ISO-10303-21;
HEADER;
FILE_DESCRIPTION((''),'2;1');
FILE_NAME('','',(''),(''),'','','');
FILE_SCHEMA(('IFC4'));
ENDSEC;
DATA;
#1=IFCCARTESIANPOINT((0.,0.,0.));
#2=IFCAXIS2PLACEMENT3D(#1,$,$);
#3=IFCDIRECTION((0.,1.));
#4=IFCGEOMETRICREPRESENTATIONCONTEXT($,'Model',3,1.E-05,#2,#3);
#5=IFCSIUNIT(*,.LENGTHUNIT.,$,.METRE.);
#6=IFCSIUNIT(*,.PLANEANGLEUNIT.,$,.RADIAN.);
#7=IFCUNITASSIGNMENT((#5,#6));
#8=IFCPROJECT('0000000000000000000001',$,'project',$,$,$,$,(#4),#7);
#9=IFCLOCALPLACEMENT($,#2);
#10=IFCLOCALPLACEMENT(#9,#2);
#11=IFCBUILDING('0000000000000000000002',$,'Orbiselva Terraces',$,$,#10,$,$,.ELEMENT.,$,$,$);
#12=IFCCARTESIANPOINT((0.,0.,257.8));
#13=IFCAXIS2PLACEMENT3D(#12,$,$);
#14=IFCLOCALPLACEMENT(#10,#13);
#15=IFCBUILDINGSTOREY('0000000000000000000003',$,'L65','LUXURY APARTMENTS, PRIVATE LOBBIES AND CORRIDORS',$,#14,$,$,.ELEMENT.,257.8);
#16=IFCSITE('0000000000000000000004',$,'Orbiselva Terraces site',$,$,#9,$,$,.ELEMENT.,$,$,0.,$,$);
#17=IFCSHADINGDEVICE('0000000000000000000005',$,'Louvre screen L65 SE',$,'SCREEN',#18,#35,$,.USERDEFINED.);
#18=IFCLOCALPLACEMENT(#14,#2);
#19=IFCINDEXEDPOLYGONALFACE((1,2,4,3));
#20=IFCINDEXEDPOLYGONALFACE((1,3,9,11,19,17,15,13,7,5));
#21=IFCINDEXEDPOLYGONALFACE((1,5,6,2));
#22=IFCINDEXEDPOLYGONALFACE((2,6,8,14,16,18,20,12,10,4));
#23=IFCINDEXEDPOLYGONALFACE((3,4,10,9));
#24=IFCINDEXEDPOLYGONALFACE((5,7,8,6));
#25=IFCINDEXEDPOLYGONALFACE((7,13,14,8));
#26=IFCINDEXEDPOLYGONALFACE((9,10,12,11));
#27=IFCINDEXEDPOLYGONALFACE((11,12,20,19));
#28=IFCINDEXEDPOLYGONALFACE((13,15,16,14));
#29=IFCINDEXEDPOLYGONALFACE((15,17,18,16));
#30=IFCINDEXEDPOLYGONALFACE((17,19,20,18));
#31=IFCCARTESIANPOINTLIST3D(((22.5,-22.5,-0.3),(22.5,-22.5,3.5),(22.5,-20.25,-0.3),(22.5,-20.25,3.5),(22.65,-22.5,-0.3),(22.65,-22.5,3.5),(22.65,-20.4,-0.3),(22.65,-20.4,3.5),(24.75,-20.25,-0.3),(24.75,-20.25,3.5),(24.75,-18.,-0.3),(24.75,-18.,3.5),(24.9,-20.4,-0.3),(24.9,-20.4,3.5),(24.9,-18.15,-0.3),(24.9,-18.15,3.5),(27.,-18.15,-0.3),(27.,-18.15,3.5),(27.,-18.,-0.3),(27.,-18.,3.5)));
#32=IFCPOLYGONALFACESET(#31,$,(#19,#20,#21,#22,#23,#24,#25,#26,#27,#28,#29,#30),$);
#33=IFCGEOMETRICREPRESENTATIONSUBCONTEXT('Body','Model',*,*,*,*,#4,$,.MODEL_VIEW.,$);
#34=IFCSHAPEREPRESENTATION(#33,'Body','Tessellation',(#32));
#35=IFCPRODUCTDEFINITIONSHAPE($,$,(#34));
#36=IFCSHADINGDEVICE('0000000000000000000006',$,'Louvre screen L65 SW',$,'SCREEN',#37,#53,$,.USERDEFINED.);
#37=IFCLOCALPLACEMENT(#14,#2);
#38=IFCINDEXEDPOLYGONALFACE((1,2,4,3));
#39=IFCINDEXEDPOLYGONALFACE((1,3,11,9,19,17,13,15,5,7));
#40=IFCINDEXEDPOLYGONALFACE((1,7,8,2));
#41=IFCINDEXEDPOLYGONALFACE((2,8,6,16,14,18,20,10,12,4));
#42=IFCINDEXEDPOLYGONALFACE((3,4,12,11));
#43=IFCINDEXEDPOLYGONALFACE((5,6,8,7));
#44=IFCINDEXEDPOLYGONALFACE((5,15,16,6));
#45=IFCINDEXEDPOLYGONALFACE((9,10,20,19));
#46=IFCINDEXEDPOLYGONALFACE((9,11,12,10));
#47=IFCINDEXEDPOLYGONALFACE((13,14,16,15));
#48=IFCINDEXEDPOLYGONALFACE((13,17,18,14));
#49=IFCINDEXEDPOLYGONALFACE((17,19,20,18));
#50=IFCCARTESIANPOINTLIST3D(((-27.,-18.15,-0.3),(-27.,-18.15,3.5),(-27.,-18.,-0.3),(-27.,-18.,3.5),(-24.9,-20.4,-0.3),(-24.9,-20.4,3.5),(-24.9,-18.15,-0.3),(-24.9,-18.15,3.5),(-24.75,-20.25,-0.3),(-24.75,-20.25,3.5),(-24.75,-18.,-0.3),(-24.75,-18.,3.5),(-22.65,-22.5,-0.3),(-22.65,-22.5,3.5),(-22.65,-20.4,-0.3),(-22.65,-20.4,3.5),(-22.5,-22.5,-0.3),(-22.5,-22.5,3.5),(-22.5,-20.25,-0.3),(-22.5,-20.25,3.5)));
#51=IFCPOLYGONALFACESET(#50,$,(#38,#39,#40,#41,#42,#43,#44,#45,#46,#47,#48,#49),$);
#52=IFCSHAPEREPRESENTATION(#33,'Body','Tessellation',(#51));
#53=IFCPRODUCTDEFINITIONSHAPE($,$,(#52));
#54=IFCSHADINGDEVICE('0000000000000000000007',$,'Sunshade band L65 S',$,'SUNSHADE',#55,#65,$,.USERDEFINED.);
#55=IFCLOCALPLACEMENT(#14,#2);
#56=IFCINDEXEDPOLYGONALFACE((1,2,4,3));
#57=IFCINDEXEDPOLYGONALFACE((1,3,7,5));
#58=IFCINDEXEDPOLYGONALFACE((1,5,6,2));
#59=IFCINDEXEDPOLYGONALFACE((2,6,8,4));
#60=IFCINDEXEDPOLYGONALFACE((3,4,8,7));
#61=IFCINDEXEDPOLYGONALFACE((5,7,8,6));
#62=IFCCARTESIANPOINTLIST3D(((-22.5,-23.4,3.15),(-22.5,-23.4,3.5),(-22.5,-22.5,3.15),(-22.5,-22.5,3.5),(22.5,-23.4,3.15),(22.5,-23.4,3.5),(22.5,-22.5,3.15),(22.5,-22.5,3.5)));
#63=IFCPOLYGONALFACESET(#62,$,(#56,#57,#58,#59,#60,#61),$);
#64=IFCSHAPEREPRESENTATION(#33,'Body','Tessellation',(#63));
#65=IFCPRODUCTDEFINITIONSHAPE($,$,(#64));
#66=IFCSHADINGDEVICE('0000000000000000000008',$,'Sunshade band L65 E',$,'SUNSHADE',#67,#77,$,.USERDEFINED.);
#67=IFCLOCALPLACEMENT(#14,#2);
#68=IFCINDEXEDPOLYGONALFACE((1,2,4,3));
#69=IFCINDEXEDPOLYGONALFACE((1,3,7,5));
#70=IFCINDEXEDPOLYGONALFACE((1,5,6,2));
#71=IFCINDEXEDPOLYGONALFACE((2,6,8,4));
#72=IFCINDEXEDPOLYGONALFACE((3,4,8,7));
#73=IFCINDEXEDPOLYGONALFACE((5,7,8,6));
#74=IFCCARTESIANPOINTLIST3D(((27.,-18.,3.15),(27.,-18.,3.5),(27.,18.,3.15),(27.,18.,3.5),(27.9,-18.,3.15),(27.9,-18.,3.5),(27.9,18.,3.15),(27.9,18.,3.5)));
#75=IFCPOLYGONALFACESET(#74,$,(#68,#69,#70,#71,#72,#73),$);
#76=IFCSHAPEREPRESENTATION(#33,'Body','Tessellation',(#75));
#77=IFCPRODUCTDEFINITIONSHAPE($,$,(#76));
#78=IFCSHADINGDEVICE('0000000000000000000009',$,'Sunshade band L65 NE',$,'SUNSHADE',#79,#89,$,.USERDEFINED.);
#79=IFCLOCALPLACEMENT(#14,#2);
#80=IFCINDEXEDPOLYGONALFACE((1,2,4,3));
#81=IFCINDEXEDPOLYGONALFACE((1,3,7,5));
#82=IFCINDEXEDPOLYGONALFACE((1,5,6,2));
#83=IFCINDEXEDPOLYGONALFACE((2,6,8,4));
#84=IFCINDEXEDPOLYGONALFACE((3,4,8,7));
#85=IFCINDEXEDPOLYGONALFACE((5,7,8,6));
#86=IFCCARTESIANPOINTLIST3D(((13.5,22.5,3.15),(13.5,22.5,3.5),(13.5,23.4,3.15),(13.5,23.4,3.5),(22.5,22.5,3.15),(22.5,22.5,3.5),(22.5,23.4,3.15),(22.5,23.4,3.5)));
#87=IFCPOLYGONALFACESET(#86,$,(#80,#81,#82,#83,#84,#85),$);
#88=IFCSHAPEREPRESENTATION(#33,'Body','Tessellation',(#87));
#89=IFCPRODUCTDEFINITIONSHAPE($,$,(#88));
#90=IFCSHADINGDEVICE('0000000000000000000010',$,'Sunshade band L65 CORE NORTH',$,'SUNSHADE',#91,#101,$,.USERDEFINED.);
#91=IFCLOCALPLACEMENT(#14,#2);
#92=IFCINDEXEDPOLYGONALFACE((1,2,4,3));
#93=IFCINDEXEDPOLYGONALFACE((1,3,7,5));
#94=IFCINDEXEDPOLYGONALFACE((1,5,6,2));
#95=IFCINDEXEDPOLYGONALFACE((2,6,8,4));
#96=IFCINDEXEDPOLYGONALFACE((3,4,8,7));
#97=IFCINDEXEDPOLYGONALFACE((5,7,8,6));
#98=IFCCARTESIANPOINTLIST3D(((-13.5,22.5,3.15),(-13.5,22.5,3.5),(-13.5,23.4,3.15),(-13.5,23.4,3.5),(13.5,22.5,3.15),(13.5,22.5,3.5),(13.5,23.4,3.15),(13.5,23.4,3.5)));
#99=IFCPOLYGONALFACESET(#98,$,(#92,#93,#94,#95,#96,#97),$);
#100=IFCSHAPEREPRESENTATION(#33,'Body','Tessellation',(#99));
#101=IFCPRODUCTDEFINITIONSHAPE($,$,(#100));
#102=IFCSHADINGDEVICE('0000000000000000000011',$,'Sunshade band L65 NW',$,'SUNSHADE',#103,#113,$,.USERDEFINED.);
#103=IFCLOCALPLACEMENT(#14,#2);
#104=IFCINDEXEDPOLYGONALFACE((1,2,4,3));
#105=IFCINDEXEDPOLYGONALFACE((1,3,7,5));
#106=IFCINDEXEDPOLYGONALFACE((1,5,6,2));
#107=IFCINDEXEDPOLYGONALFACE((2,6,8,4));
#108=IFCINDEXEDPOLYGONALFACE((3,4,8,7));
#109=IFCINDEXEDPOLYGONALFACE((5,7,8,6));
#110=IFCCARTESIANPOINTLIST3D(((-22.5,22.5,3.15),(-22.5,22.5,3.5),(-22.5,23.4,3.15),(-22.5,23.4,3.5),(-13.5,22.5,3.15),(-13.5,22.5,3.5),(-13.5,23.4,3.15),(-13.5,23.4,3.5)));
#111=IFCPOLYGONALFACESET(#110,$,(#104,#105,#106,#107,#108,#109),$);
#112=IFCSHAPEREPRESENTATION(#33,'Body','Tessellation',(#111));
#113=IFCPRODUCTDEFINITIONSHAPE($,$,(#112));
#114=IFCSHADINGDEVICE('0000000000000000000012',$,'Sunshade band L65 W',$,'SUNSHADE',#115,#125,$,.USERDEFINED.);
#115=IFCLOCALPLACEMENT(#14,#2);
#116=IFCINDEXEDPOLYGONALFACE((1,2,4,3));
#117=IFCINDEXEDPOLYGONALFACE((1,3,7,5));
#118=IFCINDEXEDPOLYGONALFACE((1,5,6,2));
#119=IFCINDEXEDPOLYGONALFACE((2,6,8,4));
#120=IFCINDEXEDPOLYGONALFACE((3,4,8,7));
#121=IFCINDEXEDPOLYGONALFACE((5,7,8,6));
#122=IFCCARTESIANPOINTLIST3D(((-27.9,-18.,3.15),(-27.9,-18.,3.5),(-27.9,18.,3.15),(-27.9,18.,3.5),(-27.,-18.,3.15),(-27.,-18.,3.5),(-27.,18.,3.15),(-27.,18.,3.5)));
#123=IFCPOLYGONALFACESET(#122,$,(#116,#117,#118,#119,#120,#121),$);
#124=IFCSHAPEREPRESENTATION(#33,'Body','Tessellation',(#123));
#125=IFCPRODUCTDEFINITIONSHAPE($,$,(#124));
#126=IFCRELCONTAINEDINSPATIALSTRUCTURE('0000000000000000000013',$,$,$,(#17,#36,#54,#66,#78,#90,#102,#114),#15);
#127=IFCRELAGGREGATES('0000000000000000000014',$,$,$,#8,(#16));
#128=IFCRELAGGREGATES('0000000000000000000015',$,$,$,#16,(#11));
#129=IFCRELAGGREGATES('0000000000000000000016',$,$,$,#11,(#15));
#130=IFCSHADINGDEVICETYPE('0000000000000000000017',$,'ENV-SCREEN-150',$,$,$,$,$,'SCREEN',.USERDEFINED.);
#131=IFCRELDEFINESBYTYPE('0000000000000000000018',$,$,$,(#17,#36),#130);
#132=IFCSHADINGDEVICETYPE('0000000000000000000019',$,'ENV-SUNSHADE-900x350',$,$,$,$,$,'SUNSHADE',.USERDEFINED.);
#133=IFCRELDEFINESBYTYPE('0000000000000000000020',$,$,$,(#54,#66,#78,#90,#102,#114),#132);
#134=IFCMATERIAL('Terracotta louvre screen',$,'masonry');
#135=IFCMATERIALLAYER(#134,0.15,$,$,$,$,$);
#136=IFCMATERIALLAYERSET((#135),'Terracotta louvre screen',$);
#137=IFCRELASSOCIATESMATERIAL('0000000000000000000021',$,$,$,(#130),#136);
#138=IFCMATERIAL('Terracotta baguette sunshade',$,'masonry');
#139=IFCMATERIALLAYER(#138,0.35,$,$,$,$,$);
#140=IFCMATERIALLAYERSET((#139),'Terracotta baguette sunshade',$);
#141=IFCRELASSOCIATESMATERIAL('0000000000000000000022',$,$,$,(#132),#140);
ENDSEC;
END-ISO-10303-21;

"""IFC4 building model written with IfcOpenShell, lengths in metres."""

from ifc_helpers import new_model, si_unit, direction, frame, origin, place, context, subcontext, project, spatial, polyline, outline, extrude, material, layer, layer_set, type_object, element, save


model = new_model("IFC4")

# Units and contexts
model_context = context("Model", 3, precision=1e-05, world=origin(), true_north=direction((0.0, 1.0)))
body_context = subcontext(model_context, "Body", "Model", "MODEL_VIEW")
ifc_project = project(units=[si_unit("LENGTHUNIT", "METRE"), si_unit("PLANEANGLEUNIT", "RADIAN")], contexts=[model_context])

# Site, building, storey
site_placement = place(None, origin())
site = spatial("IfcSite", under=ifc_project, at=site_placement, Name="Orbiselva Terraces site", CompositionType="ELEMENT", RefElevation=0.0)
building_placement = place(site_placement, origin())
building = spatial("IfcBuilding", under=site, at=building_placement, Name="Orbiselva Terraces", CompositionType="ELEMENT")
storey_placement = place(building_placement, frame((0.0, 0.0, 257.8)))
storey = spatial("IfcBuildingStorey", under=building, at=storey_placement, Name="L65", Description="LUXURY APARTMENTS, PRIVATE LOBBIES AND CORRIDORS", CompositionType="ELEMENT", Elevation=257.8)

# Shading devices
ifc_material_1 = material(Name="Terracotta louvre screen", Category="masonry")
ifc_layer_1 = layer(ifc_material_1, 0.15)
ifc_layer_set_1 = layer_set([ifc_layer_1], Name="Terracotta louvre screen")
shading_device_type_1 = type_object("IfcShadingDeviceType", Name="ENV-SCREEN-150", ElementType="SCREEN", PredefinedType="USERDEFINED", material=ifc_layer_set_1)
shading_device_1_placement = place(storey_placement, frame((0.0, 0.0, -0.3)))
element("IfcShadingDevice", 1, at=shading_device_1_placement, inside=storey, type_object=shading_device_type_1, Name="Louvre screen L65 SE", ObjectType="SCREEN", PredefinedType="USERDEFINED", context=body_context, shape_type="SweptSolid", body=[
    extrude(outline(polyline([(22.65, -22.5), (22.65, -20.4), (24.9, -20.4), (24.9, -18.15), (27.0, -18.15), (27.0, -18.0), (24.75, -18.0), (24.75, -20.25), (22.5, -20.25), (22.5, -22.5), (22.65, -22.5)])), origin(), (0.0, 0.0, 1.0), 3.8),
])
shading_device_2_placement = place(storey_placement, frame((0.0, 0.0, -0.3)))
element("IfcShadingDevice", 2, at=shading_device_2_placement, inside=storey, type_object=shading_device_type_1, Name="Louvre screen L65 SW", ObjectType="SCREEN", PredefinedType="USERDEFINED", context=body_context, shape_type="SweptSolid", body=[
    extrude(outline(polyline([(-27.0, -18.15), (-24.9, -18.15), (-24.9, -20.4), (-22.65, -20.4), (-22.65, -22.5), (-22.5, -22.5), (-22.5, -20.25), (-24.75, -20.25), (-24.75, -18.0), (-27.0, -18.0), (-27.0, -18.15)])), origin(), (0.0, 0.0, 1.0), 3.8),
])
ifc_material_2 = material(Name="Terracotta baguette sunshade", Category="masonry")
ifc_layer_2 = layer(ifc_material_2, 0.35)
ifc_layer_set_2 = layer_set([ifc_layer_2], Name="Terracotta baguette sunshade")
shading_device_type_2 = type_object("IfcShadingDeviceType", Name="ENV-SUNSHADE-900x350", ElementType="SUNSHADE", PredefinedType="USERDEFINED", material=ifc_layer_set_2)
shading_device_3_placement = place(storey_placement, frame((0.0, 0.0, 3.15)))
element("IfcShadingDevice", 3, at=shading_device_3_placement, inside=storey, type_object=shading_device_type_2, Name="Sunshade band L65 S", ObjectType="SUNSHADE", PredefinedType="USERDEFINED", context=body_context, shape_type="SweptSolid", body=[
    extrude(outline(polyline([(-22.5, -23.4), (22.5, -23.4), (22.5, -22.5), (-22.5, -22.5), (-22.5, -23.4)])), origin(), (0.0, 0.0, 1.0), 0.35),
])
shading_device_4_placement = place(storey_placement, frame((0.0, 0.0, 3.15)))
element("IfcShadingDevice", 4, at=shading_device_4_placement, inside=storey, type_object=shading_device_type_2, Name="Sunshade band L65 E", ObjectType="SUNSHADE", PredefinedType="USERDEFINED", context=body_context, shape_type="SweptSolid", body=[
    extrude(outline(polyline([(27.9, -18.0), (27.9, 18.0), (27.0, 18.0), (27.0, -18.0), (27.9, -18.0)])), origin(), (0.0, 0.0, 1.0), 0.35),
])
shading_device_5_placement = place(storey_placement, frame((0.0, 0.0, 3.15)))
element("IfcShadingDevice", 5, at=shading_device_5_placement, inside=storey, type_object=shading_device_type_2, Name="Sunshade band L65 NE", ObjectType="SUNSHADE", PredefinedType="USERDEFINED", context=body_context, shape_type="SweptSolid", body=[
    extrude(outline(polyline([(22.5, 23.4), (13.5, 23.4), (13.5, 22.5), (22.5, 22.5), (22.5, 23.4)])), origin(), (0.0, 0.0, 1.0), 0.35),
])
shading_device_6_placement = place(storey_placement, frame((0.0, 0.0, 3.15)))
element("IfcShadingDevice", 6, at=shading_device_6_placement, inside=storey, type_object=shading_device_type_2, Name="Sunshade band L65 CORE NORTH", ObjectType="SUNSHADE", PredefinedType="USERDEFINED", context=body_context, shape_type="SweptSolid", body=[
    extrude(outline(polyline([(13.5, 23.4), (-13.5, 23.4), (-13.5, 22.5), (13.5, 22.5), (13.5, 23.4)])), origin(), (0.0, 0.0, 1.0), 0.35),
])
shading_device_7_placement = place(storey_placement, frame((0.0, 0.0, 3.15)))
element("IfcShadingDevice", 7, at=shading_device_7_placement, inside=storey, type_object=shading_device_type_2, Name="Sunshade band L65 NW", ObjectType="SUNSHADE", PredefinedType="USERDEFINED", context=body_context, shape_type="SweptSolid", body=[
    extrude(outline(polyline([(-13.5, 23.4), (-22.5, 23.4), (-22.5, 22.5), (-13.5, 22.5), (-13.5, 23.4)])), origin(), (0.0, 0.0, 1.0), 0.35),
])
shading_device_8_placement = place(storey_placement, frame((0.0, 0.0, 3.15)))
element("IfcShadingDevice", 8, at=shading_device_8_placement, inside=storey, type_object=shading_device_type_2, Name="Sunshade band L65 W", ObjectType="SUNSHADE", PredefinedType="USERDEFINED", context=body_context, shape_type="SweptSolid", body=[
    extrude(outline(polyline([(-27.9, 18.0), (-27.9, -18.0), (-27.0, -18.0), (-27.0, 18.0), (-27.9, 18.0)])), origin(), (0.0, 0.0, 1.0), 0.35),
])

save(model, "model.ifc")
